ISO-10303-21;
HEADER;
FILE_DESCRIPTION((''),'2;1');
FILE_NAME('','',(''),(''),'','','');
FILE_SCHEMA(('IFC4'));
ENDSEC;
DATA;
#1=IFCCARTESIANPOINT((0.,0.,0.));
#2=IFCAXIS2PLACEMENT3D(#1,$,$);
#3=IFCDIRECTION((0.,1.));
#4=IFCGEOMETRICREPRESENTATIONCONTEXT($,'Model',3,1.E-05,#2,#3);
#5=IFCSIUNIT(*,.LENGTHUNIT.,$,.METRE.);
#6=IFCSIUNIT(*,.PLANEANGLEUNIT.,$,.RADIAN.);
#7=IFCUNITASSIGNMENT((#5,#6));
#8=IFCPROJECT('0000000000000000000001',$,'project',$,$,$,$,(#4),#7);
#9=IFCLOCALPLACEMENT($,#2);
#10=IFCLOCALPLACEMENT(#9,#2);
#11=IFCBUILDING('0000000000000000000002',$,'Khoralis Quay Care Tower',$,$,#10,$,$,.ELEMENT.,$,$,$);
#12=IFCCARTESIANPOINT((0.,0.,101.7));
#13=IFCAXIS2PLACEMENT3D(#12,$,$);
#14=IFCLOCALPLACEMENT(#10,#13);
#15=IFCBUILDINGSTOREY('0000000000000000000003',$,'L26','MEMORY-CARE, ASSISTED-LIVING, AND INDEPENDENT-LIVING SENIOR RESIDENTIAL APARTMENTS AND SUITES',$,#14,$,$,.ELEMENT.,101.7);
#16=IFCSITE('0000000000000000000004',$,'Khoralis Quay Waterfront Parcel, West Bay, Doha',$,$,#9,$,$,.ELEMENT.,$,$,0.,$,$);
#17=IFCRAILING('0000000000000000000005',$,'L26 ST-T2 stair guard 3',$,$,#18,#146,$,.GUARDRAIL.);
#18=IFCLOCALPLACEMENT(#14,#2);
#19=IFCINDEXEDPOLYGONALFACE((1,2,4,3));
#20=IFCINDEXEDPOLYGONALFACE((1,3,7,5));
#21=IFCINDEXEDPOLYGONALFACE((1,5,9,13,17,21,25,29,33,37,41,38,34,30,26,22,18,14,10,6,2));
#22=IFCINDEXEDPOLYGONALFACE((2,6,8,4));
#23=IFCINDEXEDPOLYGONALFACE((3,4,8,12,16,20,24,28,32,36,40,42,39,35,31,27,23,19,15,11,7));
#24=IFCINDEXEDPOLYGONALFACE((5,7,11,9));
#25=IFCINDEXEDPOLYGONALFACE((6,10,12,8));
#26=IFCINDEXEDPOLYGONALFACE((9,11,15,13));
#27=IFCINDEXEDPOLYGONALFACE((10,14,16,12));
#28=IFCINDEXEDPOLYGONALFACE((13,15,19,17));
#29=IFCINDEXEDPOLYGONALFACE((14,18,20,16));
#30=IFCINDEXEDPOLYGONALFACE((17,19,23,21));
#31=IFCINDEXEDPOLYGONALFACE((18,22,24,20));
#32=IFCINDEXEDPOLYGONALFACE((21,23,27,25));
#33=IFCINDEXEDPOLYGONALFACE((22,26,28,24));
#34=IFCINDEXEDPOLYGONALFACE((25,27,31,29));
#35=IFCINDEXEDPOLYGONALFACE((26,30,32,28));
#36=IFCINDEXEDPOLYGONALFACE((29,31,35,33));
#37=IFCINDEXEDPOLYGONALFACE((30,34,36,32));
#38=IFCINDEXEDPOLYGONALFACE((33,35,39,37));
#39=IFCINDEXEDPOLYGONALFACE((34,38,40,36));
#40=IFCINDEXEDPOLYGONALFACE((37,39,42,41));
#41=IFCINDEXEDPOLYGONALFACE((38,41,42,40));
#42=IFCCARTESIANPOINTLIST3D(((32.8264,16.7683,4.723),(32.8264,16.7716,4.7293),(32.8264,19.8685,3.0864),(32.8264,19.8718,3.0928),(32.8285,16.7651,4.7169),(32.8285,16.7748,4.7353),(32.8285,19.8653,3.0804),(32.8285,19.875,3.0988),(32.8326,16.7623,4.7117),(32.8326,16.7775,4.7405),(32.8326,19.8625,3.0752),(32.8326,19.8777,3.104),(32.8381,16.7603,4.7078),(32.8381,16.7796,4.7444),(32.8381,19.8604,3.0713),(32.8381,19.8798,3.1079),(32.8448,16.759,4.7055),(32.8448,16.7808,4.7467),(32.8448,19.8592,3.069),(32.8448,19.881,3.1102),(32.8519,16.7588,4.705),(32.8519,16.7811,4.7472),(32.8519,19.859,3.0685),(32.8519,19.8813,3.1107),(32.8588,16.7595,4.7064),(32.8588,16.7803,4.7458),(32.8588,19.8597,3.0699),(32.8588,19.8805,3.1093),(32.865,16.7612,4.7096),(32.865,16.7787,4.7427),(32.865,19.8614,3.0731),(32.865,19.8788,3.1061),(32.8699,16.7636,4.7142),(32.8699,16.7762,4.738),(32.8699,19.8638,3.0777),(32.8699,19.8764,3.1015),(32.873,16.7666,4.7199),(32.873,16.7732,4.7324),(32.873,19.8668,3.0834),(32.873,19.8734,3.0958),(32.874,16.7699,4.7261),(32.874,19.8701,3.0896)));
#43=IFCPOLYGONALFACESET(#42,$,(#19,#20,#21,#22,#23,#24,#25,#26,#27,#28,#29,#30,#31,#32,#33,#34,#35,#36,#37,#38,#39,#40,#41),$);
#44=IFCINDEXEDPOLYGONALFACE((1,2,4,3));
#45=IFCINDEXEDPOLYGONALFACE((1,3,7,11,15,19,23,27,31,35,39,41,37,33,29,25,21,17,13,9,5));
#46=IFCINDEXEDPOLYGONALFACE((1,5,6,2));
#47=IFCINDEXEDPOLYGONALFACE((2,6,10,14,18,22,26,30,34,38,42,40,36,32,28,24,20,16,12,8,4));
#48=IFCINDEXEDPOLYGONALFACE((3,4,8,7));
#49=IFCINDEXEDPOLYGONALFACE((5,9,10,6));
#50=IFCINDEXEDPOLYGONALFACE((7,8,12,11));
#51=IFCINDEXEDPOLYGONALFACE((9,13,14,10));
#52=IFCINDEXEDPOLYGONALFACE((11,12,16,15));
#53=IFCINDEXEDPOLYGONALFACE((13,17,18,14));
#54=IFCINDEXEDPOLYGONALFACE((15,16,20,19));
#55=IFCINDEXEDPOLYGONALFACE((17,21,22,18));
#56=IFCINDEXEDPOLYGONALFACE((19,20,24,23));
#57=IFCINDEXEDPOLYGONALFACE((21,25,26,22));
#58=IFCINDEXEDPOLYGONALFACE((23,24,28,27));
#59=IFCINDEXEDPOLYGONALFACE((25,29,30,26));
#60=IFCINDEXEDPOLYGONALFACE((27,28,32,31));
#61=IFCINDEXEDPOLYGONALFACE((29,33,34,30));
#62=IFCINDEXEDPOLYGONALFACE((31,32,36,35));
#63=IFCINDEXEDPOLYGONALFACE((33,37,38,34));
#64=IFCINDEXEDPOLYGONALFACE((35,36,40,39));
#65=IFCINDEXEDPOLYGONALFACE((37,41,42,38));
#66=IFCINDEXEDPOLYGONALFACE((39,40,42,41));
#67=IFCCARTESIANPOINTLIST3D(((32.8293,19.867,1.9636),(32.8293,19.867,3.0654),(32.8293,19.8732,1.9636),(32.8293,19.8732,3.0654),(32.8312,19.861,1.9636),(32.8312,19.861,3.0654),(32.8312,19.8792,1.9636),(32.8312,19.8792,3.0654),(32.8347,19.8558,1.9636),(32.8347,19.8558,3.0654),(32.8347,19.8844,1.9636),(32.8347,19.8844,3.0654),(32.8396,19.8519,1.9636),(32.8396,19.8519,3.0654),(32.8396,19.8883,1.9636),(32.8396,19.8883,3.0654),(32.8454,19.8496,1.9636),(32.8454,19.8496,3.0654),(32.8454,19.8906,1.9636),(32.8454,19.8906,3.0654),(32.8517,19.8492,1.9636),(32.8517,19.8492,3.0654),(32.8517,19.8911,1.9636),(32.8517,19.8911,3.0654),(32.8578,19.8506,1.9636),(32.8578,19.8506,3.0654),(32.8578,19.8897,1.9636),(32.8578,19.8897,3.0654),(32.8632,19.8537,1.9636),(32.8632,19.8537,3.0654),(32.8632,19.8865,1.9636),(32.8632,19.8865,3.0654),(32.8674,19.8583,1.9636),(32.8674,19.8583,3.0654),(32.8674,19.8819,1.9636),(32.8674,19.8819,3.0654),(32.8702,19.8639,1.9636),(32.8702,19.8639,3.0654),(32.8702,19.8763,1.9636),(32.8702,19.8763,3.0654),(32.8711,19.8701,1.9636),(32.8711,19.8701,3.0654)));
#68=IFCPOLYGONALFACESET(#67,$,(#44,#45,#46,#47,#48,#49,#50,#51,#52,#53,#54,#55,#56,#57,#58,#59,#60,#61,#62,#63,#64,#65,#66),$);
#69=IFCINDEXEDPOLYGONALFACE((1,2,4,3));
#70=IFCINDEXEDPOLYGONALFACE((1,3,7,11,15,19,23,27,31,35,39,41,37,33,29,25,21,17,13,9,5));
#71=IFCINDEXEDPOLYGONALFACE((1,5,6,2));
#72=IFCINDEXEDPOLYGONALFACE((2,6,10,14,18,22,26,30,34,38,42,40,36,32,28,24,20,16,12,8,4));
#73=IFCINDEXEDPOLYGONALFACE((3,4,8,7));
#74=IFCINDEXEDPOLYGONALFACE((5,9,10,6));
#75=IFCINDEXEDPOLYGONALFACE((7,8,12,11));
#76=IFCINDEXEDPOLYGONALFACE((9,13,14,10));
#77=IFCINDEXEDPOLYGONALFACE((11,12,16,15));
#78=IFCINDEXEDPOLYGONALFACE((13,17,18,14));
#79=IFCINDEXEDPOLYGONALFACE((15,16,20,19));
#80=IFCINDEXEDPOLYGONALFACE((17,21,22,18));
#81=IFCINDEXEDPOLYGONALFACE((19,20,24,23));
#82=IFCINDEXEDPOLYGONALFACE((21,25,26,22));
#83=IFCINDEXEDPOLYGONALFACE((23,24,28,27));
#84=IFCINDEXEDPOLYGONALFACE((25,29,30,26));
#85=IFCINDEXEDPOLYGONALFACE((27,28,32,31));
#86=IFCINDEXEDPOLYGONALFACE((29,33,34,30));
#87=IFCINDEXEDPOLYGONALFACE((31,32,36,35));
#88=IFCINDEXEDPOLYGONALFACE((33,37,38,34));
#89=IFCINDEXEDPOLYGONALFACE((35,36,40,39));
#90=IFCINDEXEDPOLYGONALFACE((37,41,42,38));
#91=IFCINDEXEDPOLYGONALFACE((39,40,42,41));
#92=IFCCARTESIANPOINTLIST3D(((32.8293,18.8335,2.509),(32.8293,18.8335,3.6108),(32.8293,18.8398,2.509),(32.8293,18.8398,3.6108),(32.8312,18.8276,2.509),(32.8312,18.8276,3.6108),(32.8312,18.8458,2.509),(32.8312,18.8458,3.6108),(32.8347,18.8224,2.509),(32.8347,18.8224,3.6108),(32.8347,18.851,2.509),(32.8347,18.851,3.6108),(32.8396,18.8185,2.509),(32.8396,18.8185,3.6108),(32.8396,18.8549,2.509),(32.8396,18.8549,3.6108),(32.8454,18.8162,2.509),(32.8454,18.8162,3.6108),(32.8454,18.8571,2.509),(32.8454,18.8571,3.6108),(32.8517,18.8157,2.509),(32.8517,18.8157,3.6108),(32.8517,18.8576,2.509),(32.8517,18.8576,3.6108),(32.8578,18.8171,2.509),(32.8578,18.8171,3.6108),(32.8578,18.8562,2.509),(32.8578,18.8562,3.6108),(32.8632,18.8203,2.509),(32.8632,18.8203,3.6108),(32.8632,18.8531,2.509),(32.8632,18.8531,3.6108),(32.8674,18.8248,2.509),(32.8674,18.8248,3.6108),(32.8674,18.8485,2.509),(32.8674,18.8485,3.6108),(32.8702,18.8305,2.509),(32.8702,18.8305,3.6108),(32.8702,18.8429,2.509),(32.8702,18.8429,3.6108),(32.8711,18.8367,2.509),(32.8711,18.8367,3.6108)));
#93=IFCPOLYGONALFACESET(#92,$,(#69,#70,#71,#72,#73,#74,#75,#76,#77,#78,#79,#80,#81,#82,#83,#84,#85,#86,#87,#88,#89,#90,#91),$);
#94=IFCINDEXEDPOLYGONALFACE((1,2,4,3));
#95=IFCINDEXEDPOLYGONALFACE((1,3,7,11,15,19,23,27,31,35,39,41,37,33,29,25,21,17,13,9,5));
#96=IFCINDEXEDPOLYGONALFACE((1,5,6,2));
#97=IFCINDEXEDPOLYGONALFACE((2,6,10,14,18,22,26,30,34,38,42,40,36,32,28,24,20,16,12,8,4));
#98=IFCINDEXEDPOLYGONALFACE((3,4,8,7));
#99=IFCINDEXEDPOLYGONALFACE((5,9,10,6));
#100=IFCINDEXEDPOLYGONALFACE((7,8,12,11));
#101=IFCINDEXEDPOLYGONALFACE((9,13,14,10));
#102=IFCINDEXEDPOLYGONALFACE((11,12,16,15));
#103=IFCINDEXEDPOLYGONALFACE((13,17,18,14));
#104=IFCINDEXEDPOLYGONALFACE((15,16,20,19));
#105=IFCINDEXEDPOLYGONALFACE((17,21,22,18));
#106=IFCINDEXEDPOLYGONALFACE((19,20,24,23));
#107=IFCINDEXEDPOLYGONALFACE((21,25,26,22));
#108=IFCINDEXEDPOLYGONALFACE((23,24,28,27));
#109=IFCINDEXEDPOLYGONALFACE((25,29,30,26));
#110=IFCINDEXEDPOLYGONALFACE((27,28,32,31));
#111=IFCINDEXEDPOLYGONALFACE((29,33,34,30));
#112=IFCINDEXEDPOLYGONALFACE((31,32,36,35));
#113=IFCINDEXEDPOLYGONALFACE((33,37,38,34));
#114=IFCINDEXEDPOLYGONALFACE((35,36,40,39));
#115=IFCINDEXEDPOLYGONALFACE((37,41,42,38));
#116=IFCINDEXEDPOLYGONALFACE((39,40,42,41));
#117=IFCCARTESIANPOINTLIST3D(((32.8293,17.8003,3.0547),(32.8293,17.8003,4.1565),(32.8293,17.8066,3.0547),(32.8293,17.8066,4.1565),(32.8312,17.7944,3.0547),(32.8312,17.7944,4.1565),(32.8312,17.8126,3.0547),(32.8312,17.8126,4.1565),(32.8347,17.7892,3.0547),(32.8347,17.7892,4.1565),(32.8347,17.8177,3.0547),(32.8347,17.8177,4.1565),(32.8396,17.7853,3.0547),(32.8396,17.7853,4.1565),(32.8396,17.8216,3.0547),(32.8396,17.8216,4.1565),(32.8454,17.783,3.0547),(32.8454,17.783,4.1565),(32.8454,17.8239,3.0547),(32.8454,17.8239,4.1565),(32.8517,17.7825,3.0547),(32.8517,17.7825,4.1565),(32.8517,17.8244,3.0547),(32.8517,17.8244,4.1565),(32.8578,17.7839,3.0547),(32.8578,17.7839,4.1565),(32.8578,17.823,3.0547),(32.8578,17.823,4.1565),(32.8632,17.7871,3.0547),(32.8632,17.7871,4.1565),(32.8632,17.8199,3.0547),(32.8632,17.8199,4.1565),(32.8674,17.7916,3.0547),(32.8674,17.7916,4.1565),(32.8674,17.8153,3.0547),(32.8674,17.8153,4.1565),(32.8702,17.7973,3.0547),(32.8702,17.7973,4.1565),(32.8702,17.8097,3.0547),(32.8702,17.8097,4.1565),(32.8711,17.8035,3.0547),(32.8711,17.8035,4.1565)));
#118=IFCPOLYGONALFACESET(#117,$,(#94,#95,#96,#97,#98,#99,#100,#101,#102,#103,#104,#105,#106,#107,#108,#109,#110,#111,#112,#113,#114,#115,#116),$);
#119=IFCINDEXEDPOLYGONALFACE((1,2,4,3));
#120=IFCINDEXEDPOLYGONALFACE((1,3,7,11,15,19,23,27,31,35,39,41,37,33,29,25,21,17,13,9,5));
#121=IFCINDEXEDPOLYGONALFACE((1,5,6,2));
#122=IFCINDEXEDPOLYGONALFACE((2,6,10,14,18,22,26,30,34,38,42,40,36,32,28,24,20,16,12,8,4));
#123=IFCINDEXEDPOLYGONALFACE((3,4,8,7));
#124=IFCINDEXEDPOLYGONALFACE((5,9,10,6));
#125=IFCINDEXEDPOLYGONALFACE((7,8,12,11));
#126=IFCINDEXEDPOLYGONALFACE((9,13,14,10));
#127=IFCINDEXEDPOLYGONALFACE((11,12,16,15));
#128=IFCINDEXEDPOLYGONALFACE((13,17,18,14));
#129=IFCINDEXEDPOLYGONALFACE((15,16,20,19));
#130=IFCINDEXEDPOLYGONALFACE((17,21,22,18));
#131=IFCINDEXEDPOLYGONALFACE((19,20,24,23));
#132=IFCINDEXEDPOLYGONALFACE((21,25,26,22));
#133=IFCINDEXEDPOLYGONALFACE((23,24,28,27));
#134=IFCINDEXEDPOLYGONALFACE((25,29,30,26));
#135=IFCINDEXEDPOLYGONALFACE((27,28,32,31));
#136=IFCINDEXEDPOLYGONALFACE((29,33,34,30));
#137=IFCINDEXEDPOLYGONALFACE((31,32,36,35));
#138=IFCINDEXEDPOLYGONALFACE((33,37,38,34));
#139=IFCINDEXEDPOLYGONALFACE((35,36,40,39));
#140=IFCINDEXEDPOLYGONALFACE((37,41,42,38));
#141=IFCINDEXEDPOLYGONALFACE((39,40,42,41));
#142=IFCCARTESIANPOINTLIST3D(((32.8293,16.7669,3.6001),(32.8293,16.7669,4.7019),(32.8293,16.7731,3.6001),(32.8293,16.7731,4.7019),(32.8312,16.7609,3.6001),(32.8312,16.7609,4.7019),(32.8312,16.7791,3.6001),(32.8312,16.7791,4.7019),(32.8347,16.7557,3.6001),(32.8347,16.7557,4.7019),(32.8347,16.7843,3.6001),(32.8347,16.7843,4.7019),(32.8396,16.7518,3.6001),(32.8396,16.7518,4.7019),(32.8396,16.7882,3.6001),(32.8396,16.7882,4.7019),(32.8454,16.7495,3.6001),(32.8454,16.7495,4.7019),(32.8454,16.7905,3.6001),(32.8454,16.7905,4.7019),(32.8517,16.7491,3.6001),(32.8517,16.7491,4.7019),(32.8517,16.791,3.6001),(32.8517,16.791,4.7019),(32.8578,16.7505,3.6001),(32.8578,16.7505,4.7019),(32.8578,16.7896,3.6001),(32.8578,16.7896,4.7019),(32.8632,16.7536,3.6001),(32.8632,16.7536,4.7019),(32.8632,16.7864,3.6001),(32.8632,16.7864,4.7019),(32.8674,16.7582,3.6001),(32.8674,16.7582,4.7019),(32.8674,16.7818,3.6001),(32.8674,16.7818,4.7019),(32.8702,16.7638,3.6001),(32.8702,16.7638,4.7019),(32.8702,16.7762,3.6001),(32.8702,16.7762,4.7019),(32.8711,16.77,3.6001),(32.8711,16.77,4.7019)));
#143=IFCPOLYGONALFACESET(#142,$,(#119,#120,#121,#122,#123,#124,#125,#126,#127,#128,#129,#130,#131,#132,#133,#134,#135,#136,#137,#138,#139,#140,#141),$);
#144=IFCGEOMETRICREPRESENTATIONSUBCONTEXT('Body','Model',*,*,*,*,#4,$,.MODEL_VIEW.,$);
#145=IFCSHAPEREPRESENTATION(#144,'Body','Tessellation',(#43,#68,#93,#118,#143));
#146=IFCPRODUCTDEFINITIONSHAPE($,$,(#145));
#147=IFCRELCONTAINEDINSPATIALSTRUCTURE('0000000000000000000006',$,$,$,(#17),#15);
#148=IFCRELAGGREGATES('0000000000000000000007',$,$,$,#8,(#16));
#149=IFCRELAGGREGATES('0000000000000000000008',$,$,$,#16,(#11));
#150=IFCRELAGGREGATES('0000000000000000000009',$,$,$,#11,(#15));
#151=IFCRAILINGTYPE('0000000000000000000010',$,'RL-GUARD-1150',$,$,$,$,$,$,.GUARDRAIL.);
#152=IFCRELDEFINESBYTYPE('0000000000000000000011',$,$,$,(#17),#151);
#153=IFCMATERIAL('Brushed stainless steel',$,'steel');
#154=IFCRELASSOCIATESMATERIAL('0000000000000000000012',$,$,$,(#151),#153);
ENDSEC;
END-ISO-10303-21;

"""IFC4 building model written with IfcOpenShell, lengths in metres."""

from ifc_helpers import new_model, si_unit, direction, frame, origin, origin_2d, place, context, subcontext, project, spatial, circle, extrude, material, type_object, element, save


model = new_model("IFC4")

# Units and contexts
model_context = context("Model", 3, precision=1e-05, world=origin(), true_north=direction((0.0, 1.0)))
body_context = subcontext(model_context, "Body", "Model", "MODEL_VIEW")
ifc_project = project(units=[si_unit("LENGTHUNIT", "METRE"), si_unit("PLANEANGLEUNIT", "RADIAN")], contexts=[model_context])

# Site, building, storey
site_placement = place(None, origin())
site = spatial("IfcSite", under=ifc_project, at=site_placement, Name="Khoralis Quay Waterfront Parcel, West Bay, Doha", CompositionType="ELEMENT", RefElevation=0.0)
building_placement = place(site_placement, origin())
building = spatial("IfcBuilding", under=site, at=building_placement, Name="Khoralis Quay Care Tower", CompositionType="ELEMENT")
storey_placement = place(building_placement, frame((0.0, 0.0, 101.7)))
storey = spatial("IfcBuildingStorey", under=building, at=storey_placement, Name="L26", Description="MEMORY-CARE, ASSISTED-LIVING, AND INDEPENDENT-LIVING SENIOR RESIDENTIAL APARTMENTS AND SUITES", CompositionType="ELEMENT", Elevation=101.7)

# Railing
ifc_material_1 = material(Name="Brushed stainless steel", Category="steel")
railing_type_1 = type_object("IfcRailingType", Name="RL-GUARD-1150", PredefinedType="GUARDRAIL", material=ifc_material_1)
railing_1_placement = place(storey_placement, frame((32.8501, 19.8701, 1.9636)))
element("IfcRailing", 1, at=railing_1_placement, inside=storey, type_object=railing_type_1, Name="L26 ST-T2 stair guard 3", PredefinedType="GUARDRAIL", context=body_context, shape_type="SweptSolid", body=[
    extrude(circle(Radius=0.0239, at=origin_2d()), frame((0.0, 0.0, 1.126), z_axis=(0.0, -0.884348, 0.466828), x_axis=(1.0, 0.0, 0.0)), (0.0, 0.0, 1.0), 3.5056),
    extrude(circle(Radius=0.021, at=origin_2d()), origin(), (0.0, 0.0, 1.0), 1.1018),
    extrude(circle(Radius=0.021, at=origin_2d()), frame((0.0, -1.0334, 0.5454)), (0.0, 0.0, 1.0), 1.1018),
    extrude(circle(Radius=0.021, at=origin_2d()), frame((0.0, -2.0667, 1.0911)), (0.0, 0.0, 1.0), 1.1018),
    extrude(circle(Radius=0.021, at=origin_2d()), frame((0.0, -3.1001, 1.6365)), (0.0, 0.0, 1.0), 1.1018),
])

save(model, "model.ifc")
